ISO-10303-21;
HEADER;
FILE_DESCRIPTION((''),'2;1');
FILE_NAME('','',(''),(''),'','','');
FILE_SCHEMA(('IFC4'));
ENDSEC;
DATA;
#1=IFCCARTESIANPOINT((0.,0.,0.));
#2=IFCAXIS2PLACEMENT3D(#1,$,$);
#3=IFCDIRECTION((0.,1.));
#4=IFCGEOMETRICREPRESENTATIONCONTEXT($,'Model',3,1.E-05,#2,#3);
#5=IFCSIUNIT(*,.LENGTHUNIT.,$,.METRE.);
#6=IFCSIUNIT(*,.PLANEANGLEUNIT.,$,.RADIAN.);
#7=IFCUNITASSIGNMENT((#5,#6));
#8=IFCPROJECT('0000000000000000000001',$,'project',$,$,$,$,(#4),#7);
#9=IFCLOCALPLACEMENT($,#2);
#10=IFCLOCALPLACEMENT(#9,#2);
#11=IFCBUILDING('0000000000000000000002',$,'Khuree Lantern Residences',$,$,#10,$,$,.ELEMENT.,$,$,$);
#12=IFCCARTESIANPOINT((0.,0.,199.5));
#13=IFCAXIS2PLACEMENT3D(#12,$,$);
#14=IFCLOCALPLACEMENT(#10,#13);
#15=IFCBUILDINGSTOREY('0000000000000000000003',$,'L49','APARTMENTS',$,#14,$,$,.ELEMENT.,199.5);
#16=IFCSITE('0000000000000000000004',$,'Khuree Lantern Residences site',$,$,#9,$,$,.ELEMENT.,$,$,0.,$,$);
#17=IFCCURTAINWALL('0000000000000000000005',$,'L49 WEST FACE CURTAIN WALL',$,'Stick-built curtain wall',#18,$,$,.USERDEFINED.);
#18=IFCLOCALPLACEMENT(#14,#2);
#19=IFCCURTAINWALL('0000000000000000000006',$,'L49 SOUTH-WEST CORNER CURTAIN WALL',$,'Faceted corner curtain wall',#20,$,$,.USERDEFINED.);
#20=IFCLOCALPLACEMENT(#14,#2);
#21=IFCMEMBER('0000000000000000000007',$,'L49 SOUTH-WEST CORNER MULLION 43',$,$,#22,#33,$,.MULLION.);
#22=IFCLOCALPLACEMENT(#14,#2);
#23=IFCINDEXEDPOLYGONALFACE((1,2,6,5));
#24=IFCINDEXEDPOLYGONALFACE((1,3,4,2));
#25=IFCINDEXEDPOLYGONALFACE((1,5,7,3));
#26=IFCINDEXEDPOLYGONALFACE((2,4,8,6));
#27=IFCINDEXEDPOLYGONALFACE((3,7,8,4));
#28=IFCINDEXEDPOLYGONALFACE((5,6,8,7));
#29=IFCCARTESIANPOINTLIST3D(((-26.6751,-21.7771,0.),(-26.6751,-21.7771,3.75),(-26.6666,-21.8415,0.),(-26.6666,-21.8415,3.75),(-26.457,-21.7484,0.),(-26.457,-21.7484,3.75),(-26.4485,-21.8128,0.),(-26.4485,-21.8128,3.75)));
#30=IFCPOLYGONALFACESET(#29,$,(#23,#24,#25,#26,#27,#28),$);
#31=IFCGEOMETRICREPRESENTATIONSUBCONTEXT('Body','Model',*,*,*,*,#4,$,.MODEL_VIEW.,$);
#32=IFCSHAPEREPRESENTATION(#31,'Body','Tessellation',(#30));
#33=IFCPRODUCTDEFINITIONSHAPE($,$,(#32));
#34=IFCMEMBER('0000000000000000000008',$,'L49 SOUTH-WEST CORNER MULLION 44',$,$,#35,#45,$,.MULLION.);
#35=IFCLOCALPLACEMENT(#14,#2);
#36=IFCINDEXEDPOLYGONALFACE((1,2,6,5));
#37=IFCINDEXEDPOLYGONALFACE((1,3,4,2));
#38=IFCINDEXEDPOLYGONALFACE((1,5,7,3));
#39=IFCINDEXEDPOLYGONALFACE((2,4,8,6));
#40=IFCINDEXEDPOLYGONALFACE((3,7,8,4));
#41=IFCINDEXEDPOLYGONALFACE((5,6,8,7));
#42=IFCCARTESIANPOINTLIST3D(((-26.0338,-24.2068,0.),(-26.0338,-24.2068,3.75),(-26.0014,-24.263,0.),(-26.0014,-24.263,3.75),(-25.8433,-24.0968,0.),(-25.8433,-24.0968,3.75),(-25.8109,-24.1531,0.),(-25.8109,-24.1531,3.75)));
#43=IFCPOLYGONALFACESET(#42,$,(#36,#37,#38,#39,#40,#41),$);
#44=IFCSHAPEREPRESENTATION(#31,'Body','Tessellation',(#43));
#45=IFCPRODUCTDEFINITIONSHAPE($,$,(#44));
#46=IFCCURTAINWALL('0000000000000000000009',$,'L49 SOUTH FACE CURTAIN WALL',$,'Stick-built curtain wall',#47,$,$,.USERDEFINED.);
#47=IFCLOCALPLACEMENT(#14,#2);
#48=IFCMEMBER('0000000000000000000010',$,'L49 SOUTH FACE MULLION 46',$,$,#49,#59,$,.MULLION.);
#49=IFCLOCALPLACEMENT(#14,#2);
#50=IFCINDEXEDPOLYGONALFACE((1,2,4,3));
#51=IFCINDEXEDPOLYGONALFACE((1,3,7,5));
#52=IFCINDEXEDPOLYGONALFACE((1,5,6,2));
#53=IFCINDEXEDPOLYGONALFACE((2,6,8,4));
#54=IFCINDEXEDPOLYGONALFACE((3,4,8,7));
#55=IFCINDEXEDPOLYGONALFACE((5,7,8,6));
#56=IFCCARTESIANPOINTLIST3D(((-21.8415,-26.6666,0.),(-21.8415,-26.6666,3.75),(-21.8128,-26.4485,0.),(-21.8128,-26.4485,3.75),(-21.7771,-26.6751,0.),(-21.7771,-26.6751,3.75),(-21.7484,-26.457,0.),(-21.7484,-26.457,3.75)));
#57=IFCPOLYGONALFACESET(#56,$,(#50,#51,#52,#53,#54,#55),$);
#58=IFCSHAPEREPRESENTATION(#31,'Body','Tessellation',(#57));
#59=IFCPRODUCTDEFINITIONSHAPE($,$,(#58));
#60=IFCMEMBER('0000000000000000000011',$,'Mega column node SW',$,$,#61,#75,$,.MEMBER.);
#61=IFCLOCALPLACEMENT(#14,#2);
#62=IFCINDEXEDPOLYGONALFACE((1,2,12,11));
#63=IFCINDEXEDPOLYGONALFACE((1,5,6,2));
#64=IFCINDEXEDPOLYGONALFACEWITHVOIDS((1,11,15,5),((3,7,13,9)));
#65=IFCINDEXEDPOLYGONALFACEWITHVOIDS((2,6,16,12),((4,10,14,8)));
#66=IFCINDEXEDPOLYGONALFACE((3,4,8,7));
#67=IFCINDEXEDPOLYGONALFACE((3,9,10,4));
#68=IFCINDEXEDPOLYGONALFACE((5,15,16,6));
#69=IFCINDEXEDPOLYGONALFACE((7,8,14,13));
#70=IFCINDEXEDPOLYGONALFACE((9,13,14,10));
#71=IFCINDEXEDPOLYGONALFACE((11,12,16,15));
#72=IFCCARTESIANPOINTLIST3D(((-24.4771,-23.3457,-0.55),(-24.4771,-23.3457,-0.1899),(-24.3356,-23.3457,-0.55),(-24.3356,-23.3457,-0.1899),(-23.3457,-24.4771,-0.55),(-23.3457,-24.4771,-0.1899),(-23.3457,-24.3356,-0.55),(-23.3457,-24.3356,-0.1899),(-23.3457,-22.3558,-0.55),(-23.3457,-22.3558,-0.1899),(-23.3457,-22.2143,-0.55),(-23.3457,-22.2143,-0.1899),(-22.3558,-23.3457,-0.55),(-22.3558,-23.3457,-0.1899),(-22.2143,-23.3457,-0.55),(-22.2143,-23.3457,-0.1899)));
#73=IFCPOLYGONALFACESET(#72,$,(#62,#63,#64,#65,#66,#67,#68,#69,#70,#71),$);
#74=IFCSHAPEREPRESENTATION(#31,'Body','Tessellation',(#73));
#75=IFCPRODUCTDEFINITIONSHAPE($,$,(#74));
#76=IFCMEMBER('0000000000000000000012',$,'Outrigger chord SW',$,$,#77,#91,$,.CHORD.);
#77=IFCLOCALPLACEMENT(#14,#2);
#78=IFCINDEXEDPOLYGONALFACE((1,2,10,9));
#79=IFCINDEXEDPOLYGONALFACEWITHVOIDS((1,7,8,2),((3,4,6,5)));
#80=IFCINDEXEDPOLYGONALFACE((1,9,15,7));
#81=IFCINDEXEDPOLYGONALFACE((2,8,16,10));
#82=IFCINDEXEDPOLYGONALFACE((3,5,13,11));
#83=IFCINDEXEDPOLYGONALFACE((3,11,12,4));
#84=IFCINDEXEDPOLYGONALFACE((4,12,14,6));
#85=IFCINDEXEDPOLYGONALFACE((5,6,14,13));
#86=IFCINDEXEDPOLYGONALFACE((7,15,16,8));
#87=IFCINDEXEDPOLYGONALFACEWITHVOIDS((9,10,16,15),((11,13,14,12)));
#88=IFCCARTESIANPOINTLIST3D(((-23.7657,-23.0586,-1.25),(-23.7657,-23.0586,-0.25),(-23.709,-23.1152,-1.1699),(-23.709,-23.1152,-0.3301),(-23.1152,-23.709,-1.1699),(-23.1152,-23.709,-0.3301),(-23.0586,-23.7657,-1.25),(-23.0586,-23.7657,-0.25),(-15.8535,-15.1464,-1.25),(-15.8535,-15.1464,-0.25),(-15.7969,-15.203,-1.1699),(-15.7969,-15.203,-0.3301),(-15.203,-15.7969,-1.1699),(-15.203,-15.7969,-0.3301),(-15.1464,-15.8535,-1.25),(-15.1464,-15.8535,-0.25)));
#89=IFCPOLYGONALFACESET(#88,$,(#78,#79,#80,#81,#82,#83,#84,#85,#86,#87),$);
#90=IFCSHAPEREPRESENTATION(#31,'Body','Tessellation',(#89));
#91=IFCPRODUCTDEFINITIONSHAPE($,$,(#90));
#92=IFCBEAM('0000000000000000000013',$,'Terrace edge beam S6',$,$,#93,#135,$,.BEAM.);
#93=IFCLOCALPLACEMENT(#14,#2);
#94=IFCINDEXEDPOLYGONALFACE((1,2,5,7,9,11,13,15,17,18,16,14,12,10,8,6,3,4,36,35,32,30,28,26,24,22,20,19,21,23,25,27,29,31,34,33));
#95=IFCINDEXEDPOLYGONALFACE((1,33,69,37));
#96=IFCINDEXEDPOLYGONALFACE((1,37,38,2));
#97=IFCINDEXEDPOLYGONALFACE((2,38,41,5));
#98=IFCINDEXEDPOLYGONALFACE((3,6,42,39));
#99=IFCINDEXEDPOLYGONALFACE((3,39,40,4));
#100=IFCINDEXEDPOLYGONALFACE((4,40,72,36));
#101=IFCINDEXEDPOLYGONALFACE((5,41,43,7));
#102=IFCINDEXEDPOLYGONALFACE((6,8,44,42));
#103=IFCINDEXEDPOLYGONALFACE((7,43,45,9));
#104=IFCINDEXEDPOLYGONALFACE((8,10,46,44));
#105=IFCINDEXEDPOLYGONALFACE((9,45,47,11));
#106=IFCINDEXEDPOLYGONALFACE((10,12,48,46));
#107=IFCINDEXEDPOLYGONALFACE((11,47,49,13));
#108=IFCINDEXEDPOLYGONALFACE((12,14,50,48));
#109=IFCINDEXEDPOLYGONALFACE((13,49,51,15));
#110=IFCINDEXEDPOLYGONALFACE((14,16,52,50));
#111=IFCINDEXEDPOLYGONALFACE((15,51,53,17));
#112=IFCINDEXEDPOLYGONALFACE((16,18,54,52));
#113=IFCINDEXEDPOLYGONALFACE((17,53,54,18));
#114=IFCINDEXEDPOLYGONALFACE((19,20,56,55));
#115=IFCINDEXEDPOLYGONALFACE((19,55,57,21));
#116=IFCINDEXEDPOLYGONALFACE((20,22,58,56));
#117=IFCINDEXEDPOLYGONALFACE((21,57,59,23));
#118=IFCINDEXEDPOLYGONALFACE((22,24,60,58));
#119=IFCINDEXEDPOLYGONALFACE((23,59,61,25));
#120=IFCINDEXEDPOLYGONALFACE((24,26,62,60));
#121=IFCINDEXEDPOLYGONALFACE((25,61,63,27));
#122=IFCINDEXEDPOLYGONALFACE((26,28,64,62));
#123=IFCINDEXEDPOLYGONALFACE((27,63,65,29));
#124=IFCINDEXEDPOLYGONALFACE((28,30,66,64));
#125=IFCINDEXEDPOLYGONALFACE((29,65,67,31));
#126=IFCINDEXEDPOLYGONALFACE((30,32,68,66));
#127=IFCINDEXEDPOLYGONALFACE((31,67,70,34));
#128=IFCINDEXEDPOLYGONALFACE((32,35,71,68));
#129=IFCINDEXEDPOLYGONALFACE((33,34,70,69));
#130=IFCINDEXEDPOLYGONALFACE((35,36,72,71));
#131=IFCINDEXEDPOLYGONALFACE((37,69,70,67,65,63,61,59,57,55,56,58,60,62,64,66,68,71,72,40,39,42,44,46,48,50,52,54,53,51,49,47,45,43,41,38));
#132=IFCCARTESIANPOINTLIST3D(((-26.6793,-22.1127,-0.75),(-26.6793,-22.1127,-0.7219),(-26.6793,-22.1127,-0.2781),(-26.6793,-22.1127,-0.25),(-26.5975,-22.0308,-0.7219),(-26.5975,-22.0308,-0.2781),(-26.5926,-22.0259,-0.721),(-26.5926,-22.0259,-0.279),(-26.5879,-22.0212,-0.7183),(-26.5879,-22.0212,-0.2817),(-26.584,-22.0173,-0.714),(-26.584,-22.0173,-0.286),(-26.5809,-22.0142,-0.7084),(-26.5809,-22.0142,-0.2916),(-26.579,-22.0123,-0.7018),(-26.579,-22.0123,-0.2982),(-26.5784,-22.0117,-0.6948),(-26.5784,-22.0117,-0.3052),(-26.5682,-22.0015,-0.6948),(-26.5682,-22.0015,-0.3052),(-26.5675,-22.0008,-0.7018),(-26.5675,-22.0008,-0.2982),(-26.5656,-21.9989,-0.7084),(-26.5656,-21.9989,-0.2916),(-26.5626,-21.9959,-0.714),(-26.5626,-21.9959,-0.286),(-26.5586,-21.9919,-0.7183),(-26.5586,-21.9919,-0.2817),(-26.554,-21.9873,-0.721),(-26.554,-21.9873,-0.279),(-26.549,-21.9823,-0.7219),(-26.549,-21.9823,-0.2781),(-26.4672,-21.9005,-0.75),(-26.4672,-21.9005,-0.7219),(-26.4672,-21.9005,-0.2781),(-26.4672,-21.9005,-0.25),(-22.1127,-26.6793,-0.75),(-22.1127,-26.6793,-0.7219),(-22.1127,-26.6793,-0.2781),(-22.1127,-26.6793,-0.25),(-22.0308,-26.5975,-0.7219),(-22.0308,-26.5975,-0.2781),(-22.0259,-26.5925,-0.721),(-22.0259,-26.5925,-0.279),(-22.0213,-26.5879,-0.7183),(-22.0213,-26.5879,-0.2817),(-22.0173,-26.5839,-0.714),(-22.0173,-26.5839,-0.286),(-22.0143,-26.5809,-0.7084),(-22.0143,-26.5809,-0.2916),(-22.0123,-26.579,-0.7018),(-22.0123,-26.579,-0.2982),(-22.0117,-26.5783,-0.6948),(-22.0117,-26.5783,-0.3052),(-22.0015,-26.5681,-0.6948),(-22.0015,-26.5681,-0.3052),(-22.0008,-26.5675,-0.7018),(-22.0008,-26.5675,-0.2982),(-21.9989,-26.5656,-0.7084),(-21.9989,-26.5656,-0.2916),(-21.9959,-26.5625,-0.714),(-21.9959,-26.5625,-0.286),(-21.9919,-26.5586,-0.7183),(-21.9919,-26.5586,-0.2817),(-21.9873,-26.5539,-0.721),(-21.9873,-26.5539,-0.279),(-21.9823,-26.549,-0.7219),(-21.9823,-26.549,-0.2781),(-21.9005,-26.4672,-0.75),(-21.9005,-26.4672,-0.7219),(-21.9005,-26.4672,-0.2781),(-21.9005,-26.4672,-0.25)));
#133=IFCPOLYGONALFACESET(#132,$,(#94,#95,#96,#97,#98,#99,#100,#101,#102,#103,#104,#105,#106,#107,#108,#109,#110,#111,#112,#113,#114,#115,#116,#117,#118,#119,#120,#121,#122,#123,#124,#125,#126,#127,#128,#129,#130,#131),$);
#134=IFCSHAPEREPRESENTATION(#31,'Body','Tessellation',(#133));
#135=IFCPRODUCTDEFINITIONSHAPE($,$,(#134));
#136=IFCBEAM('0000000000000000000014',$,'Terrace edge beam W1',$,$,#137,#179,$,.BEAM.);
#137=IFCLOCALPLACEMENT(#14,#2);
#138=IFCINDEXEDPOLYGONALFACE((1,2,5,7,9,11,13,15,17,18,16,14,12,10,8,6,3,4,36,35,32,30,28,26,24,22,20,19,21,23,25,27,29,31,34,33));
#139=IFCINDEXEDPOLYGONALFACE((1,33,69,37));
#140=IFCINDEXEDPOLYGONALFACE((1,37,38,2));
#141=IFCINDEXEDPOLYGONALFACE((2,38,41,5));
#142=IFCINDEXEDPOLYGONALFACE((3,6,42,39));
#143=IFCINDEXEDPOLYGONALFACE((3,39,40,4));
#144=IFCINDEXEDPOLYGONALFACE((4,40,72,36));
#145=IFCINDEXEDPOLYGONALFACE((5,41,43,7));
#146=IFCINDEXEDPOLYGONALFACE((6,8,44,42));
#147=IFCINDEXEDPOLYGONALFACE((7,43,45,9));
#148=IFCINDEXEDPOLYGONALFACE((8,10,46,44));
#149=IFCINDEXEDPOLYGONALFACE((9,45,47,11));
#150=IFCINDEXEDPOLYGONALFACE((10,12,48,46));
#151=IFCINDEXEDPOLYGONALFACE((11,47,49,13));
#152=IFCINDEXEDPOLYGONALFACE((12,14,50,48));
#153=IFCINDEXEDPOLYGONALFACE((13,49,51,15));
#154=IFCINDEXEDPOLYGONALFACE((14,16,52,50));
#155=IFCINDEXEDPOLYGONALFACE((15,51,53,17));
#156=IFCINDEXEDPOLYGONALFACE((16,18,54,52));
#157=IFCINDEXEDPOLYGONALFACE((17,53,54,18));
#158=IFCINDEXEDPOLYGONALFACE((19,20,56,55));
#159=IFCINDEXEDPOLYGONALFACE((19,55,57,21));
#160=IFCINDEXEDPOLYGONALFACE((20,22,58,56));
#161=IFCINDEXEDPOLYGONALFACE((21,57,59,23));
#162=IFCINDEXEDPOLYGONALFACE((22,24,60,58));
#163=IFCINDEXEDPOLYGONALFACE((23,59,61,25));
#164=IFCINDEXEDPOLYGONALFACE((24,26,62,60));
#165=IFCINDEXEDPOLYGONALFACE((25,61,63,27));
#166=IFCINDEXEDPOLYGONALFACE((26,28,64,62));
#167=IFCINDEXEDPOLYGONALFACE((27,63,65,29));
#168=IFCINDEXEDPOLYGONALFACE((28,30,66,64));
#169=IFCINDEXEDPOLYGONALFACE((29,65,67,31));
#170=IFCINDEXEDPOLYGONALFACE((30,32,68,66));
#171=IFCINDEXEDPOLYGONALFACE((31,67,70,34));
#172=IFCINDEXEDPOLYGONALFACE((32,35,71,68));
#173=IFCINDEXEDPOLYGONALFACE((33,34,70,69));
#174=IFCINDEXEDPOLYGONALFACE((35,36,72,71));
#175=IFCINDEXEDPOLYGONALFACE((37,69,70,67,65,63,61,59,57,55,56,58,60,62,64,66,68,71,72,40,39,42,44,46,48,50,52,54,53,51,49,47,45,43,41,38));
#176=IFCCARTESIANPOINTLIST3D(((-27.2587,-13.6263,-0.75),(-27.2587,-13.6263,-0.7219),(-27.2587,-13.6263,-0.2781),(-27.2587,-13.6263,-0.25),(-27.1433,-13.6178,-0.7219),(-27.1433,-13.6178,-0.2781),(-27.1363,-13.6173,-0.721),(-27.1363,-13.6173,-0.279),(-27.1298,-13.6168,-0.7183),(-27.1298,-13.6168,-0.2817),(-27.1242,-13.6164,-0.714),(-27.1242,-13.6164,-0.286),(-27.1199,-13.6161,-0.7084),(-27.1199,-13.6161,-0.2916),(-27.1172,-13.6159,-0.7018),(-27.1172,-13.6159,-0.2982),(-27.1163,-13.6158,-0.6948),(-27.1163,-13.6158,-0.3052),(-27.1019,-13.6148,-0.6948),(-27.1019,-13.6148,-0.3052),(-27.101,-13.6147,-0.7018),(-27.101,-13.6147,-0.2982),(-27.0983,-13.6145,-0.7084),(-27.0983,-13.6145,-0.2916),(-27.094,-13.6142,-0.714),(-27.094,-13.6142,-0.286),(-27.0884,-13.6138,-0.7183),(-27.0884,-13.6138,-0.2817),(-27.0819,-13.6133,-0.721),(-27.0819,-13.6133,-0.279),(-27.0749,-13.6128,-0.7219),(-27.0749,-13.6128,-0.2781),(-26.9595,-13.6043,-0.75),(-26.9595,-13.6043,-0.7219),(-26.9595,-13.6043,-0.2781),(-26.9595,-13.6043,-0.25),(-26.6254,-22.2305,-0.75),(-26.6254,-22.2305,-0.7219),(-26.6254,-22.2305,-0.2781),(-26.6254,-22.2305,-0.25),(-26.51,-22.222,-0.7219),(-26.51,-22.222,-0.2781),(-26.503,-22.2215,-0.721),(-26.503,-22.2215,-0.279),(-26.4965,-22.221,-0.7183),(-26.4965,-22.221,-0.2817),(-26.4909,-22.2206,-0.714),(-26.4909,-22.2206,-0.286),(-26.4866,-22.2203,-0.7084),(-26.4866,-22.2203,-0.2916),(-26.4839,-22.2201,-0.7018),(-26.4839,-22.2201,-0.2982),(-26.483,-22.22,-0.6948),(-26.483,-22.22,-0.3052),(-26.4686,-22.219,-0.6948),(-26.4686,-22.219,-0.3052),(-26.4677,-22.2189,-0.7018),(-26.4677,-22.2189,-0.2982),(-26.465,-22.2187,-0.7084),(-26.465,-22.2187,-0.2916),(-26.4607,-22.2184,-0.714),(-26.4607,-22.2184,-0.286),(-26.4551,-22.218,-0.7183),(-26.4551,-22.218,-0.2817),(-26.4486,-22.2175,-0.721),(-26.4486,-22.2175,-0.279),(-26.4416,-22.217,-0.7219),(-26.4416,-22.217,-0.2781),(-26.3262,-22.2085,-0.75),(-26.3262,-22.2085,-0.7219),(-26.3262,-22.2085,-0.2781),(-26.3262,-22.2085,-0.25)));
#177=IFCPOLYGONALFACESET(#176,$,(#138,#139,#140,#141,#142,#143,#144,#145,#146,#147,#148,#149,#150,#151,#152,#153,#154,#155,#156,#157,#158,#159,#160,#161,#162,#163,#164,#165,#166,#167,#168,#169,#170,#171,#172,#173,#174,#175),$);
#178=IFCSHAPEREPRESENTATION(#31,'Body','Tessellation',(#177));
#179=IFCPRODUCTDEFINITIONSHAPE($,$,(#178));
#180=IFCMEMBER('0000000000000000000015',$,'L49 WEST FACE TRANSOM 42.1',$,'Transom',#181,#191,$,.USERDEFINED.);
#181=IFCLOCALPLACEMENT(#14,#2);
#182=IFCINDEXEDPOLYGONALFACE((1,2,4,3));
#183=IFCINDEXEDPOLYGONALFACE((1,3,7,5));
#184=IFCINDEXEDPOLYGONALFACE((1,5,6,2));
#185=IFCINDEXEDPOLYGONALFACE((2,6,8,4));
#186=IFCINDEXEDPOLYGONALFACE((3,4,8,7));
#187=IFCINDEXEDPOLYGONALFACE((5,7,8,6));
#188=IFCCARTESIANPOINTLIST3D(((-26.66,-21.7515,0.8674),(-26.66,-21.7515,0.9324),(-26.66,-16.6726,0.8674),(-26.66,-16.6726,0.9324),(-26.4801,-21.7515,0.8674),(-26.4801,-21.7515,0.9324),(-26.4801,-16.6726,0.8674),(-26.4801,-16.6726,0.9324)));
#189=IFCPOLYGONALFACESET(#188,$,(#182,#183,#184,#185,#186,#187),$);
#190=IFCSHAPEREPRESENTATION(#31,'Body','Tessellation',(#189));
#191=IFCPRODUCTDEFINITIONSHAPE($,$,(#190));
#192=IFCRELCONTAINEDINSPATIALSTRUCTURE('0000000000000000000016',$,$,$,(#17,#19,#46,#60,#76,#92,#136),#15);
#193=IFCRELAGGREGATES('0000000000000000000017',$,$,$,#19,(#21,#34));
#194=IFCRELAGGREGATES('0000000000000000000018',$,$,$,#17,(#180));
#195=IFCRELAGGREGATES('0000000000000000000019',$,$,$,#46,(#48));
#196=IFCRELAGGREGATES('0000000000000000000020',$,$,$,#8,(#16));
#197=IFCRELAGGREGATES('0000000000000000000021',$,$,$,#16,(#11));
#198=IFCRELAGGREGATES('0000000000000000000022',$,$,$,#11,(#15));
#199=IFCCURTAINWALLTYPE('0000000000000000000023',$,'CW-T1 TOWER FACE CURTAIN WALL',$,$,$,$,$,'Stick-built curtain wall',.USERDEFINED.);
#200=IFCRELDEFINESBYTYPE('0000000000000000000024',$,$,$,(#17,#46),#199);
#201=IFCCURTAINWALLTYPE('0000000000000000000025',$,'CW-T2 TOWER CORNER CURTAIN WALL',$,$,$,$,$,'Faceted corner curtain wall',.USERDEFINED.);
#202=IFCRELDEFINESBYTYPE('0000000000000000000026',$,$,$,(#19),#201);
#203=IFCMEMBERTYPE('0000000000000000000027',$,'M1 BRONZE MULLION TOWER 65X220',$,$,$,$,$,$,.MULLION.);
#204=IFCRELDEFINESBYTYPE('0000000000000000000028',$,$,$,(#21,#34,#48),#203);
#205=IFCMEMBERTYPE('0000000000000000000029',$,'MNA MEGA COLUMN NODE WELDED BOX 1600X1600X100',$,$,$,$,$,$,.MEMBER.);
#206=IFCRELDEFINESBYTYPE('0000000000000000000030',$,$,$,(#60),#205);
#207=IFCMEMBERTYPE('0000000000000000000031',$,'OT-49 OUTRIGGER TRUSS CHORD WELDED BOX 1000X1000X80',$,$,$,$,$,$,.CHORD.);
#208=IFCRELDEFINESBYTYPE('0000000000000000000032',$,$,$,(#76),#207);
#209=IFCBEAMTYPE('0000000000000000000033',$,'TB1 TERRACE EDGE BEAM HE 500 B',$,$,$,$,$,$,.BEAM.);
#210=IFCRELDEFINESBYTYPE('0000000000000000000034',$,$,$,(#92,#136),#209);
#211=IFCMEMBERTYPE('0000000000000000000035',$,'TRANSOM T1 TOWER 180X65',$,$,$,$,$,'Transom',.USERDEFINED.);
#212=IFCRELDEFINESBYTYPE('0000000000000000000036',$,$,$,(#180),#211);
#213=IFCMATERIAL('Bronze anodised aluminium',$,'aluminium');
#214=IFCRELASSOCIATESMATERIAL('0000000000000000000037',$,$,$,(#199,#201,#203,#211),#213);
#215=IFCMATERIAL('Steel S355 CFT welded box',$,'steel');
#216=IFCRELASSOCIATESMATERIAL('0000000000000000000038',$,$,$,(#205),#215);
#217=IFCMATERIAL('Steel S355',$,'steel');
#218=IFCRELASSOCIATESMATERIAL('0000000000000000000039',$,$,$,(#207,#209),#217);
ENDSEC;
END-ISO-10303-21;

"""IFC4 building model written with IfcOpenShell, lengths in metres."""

from ifc_helpers import new_model, si_unit, direction, frame, origin, origin_2d, place, context, subcontext, project, spatial, rectangle, hollow_rectangle, i_section, extrude, material, material_profile, profile_set, type_object, element, aggregate, save


model = new_model("IFC4")

# Units and contexts
model_context = context("Model", 3, precision=1e-05, world=origin(), true_north=direction((0.0, 1.0)))
body_context = subcontext(model_context, "Body", "Model", "MODEL_VIEW")
ifc_project = project(units=[si_unit("LENGTHUNIT", "METRE"), si_unit("PLANEANGLEUNIT", "RADIAN")], contexts=[model_context])

# Site, building, storey
site_placement = place(None, origin())
site = spatial("IfcSite", under=ifc_project, at=site_placement, Name="Khuree Lantern Residences site", CompositionType="ELEMENT", RefElevation=0.0)
building_placement = place(site_placement, origin())
building = spatial("IfcBuilding", under=site, at=building_placement, Name="Khuree Lantern Residences", CompositionType="ELEMENT")
storey_placement = place(building_placement, frame((0.0, 0.0, 199.5)))
storey = spatial("IfcBuildingStorey", under=building, at=storey_placement, Name="L49", Description="APARTMENTS", CompositionType="ELEMENT", Elevation=199.5)

# Shared definitions
ifc_material_1 = material(Name="Steel S355 CFT welded box", Category="steel")

# Shared definitions
ifc_material_2 = material(Name="Steel S355", Category="steel")

# Curtain wall
ifc_material_3 = material(Name="Bronze anodised aluminium", Category="aluminium")
curtain_wall_type_1 = type_object("IfcCurtainWallType", Name="CW-T1 TOWER FACE CURTAIN WALL", ElementType="Stick-built curtain wall", PredefinedType="USERDEFINED", material=ifc_material_3)
curtain_wall_1_placement = place(storey_placement, origin())
curtain_wall_1 = element("IfcCurtainWall", 1, at=curtain_wall_1_placement, inside=storey, type_object=curtain_wall_type_1, Name="L49 WEST FACE CURTAIN WALL", ObjectType="Stick-built curtain wall", PredefinedType="USERDEFINED")

# Curtain wall, members
curtain_wall_type_2 = type_object("IfcCurtainWallType", Name="CW-T2 TOWER CORNER CURTAIN WALL", ElementType="Faceted corner curtain wall", PredefinedType="USERDEFINED", material=ifc_material_3)
curtain_wall_2_placement = place(storey_placement, origin())
curtain_wall_2 = element("IfcCurtainWall", 2, at=curtain_wall_2_placement, inside=storey, type_object=curtain_wall_type_2, Name="L49 SOUTH-WEST CORNER CURTAIN WALL", ObjectType="Faceted corner curtain wall", PredefinedType="USERDEFINED")
ifc_material_profile_1 = material_profile(ifc_material_3, rectangle(XDim=0.0649, YDim=0.22, at=origin_2d()), Name="M1 65X220")
ifc_profile_set_1 = profile_set([ifc_material_profile_1], Name="Bronze anodised aluminium")
member_type_1 = type_object("IfcMemberType", Name="M1 BRONZE MULLION TOWER 65X220", PredefinedType="MULLION", material=ifc_profile_set_1)
member_1_placement = place(storey_placement, frame((-26.5618, -21.7949, 0.0), z_axis=(0.0, 0.0, 1.0), x_axis=(0.130526, -0.991445, 0.0)))
member_1 = element("IfcMember", 3, at=member_1_placement, type_object=member_type_1, Name="L49 SOUTH-WEST CORNER MULLION 43", PredefinedType="MULLION", context=body_context, shape_type="SweptSolid", body=[
    extrude(rectangle(XDim=0.0649, YDim=0.22, at=origin_2d()), origin(), (0.0, 0.0, 1.0), 3.75),
])
member_2_placement = place(storey_placement, frame((-25.9224, -24.1799, 0.0), z_axis=(0.0, 0.0, 1.0), x_axis=(0.5, -0.866025, 0.0)))
member_2 = element("IfcMember", 4, at=member_2_placement, type_object=member_type_1, Name="L49 SOUTH-WEST CORNER MULLION 44", PredefinedType="MULLION", context=body_context, shape_type="SweptSolid", body=[
    extrude(rectangle(XDim=0.0649, YDim=0.22, at=origin_2d()), origin(), (0.0, 0.0, 1.0), 3.75),
])

# Curtain wall, member
curtain_wall_3_placement = place(storey_placement, origin())
curtain_wall_3 = element("IfcCurtainWall", 5, at=curtain_wall_3_placement, inside=storey, type_object=curtain_wall_type_1, Name="L49 SOUTH FACE CURTAIN WALL", ObjectType="Stick-built curtain wall", PredefinedType="USERDEFINED")
member_3_placement = place(storey_placement, frame((-21.7949, -26.5618, 0.0), z_axis=(0.0, 0.0, 1.0), x_axis=(0.991445, -0.130526, 0.0)))
member_3 = element("IfcMember", 6, at=member_3_placement, type_object=member_type_1, Name="L49 SOUTH FACE MULLION 46", PredefinedType="MULLION", context=body_context, shape_type="SweptSolid", body=[
    extrude(rectangle(XDim=0.0649, YDim=0.22, at=origin_2d()), origin(), (0.0, 0.0, 1.0), 3.75),
])

# Members
ifc_material_profile_2 = material_profile(ifc_material_1, hollow_rectangle(XDim=1.6001, YDim=1.6001, WallThickness=0.1001, at=origin_2d()), Name="WELDED BOX 1600X1600X100")
ifc_profile_set_2 = profile_set([ifc_material_profile_2], Name="Steel S355 CFT welded box")
member_type_2 = type_object("IfcMemberType", Name="MNA MEGA COLUMN NODE WELDED BOX 1600X1600X100", PredefinedType="MEMBER", material=ifc_profile_set_2)
member_4_placement = place(storey_placement, frame((-23.3457, -23.3457, -0.55), z_axis=(0.0, 0.0, 1.0), x_axis=(0.707107, -0.707107, 0.0)))
element("IfcMember", 7, at=member_4_placement, inside=storey, type_object=member_type_2, Name="Mega column node SW", PredefinedType="MEMBER", context=body_context, shape_type="SweptSolid", body=[
    extrude(hollow_rectangle(XDim=1.6001, YDim=1.6001, WallThickness=0.1001, at=origin_2d()), origin(), (0.0, 0.0, 1.0), 0.3601),
])
ifc_material_profile_3 = material_profile(ifc_material_2, hollow_rectangle(XDim=1.0, YDim=1.0, WallThickness=0.0801, at=origin_2d()), Name="WELDED BOX 1000X1000X80")
ifc_profile_set_3 = profile_set([ifc_material_profile_3], Name="Steel S355")
member_type_3 = type_object("IfcMemberType", Name="OT-49 OUTRIGGER TRUSS CHORD WELDED BOX 1000X1000X80", PredefinedType="CHORD", material=ifc_profile_set_3)
member_5_placement = place(storey_placement, frame((-23.4121, -23.4121, -0.75), z_axis=(0.707107, 0.707107, 0.0), x_axis=(-0.707107, 0.707107, 0.0)))
element("IfcMember", 8, at=member_5_placement, inside=storey, type_object=member_type_3, Name="Outrigger chord SW", PredefinedType="CHORD", context=body_context, shape_type="SweptSolid", body=[
    extrude(hollow_rectangle(XDim=1.0, YDim=1.0, WallThickness=0.0801, at=origin_2d()), origin(), (0.0, 0.0, 1.0), 11.1895),
])

# Beams
ifc_material_profile_4 = material_profile(ifc_material_2, i_section(OverallWidth=0.3, OverallDepth=0.5, WebThickness=0.0144, FlangeThickness=0.0281, FilletRadius=0.0271, at=origin_2d()), Name="HE 500 B")
ifc_profile_set_4 = profile_set([ifc_material_profile_4], Name="Steel S355")
beam_type_1 = type_object("IfcBeamType", Name="TB1 TERRACE EDGE BEAM HE 500 B", PredefinedType="BEAM", material=ifc_profile_set_4)
beam_1_placement = place(storey_placement, frame((-22.0066, -26.5732, -0.5), z_axis=(-0.707107, 0.707107, 0.0), x_axis=(-0.707107, -0.707107, 0.0)))
element("IfcBeam", 9, at=beam_1_placement, inside=storey, type_object=beam_type_1, Name="Terrace edge beam S6", PredefinedType="BEAM", context=body_context, shape_type="SweptSolid", body=[
    extrude(i_section(OverallWidth=0.3, OverallDepth=0.5, WebThickness=0.0144, FlangeThickness=0.0281, FilletRadius=0.0271, at=origin_2d()), origin(), (0.0, 0.0, 1.0), 6.4583),
])
beam_2_placement = place(storey_placement, frame((-26.4758, -22.2195, -0.5), z_axis=(-0.073405, 0.997302, 0.0), x_axis=(-0.997302, -0.073405, 0.0)))
element("IfcBeam", 10, at=beam_2_placement, inside=storey, type_object=beam_type_1, Name="Terrace edge beam W1", PredefinedType="BEAM", context=body_context, shape_type="SweptSolid", body=[
    extrude(i_section(OverallWidth=0.3, OverallDepth=0.5, WebThickness=0.0144, FlangeThickness=0.0281, FilletRadius=0.0271, at=origin_2d()), origin(), (0.0, 0.0, 1.0), 8.6274),
])

# Member
ifc_material_profile_5 = material_profile(ifc_material_3, rectangle(XDim=0.1799, YDim=0.0649, at=origin_2d()), Name="T1 180X65")
ifc_profile_set_5 = profile_set([ifc_material_profile_5], Name="Bronze anodised aluminium")
member_type_4 = type_object("IfcMemberType", Name="TRANSOM T1 TOWER 180X65", ElementType="Transom", PredefinedType="USERDEFINED", material=ifc_profile_set_5)
member_6_placement = place(storey_placement, frame((-26.5701, -16.6726, 0.8999), z_axis=(0.0, -1.0, 0.0), x_axis=(1.0, 0.0, 0.0)))
member_6 = element("IfcMember", 11, at=member_6_placement, type_object=member_type_4, Name="L49 WEST FACE TRANSOM 42.1", ObjectType="Transom", PredefinedType="USERDEFINED", context=body_context, shape_type="SweptSolid", body=[
    extrude(rectangle(XDim=0.1799, YDim=0.0649, at=origin_2d()), origin(), (0.0, 0.0, 1.0), 5.0789),
])

aggregate(curtain_wall_2, [member_1, member_2])
aggregate(curtain_wall_1, [member_6])
aggregate(curtain_wall_3, [member_3])

save(model, "model.ifc")
